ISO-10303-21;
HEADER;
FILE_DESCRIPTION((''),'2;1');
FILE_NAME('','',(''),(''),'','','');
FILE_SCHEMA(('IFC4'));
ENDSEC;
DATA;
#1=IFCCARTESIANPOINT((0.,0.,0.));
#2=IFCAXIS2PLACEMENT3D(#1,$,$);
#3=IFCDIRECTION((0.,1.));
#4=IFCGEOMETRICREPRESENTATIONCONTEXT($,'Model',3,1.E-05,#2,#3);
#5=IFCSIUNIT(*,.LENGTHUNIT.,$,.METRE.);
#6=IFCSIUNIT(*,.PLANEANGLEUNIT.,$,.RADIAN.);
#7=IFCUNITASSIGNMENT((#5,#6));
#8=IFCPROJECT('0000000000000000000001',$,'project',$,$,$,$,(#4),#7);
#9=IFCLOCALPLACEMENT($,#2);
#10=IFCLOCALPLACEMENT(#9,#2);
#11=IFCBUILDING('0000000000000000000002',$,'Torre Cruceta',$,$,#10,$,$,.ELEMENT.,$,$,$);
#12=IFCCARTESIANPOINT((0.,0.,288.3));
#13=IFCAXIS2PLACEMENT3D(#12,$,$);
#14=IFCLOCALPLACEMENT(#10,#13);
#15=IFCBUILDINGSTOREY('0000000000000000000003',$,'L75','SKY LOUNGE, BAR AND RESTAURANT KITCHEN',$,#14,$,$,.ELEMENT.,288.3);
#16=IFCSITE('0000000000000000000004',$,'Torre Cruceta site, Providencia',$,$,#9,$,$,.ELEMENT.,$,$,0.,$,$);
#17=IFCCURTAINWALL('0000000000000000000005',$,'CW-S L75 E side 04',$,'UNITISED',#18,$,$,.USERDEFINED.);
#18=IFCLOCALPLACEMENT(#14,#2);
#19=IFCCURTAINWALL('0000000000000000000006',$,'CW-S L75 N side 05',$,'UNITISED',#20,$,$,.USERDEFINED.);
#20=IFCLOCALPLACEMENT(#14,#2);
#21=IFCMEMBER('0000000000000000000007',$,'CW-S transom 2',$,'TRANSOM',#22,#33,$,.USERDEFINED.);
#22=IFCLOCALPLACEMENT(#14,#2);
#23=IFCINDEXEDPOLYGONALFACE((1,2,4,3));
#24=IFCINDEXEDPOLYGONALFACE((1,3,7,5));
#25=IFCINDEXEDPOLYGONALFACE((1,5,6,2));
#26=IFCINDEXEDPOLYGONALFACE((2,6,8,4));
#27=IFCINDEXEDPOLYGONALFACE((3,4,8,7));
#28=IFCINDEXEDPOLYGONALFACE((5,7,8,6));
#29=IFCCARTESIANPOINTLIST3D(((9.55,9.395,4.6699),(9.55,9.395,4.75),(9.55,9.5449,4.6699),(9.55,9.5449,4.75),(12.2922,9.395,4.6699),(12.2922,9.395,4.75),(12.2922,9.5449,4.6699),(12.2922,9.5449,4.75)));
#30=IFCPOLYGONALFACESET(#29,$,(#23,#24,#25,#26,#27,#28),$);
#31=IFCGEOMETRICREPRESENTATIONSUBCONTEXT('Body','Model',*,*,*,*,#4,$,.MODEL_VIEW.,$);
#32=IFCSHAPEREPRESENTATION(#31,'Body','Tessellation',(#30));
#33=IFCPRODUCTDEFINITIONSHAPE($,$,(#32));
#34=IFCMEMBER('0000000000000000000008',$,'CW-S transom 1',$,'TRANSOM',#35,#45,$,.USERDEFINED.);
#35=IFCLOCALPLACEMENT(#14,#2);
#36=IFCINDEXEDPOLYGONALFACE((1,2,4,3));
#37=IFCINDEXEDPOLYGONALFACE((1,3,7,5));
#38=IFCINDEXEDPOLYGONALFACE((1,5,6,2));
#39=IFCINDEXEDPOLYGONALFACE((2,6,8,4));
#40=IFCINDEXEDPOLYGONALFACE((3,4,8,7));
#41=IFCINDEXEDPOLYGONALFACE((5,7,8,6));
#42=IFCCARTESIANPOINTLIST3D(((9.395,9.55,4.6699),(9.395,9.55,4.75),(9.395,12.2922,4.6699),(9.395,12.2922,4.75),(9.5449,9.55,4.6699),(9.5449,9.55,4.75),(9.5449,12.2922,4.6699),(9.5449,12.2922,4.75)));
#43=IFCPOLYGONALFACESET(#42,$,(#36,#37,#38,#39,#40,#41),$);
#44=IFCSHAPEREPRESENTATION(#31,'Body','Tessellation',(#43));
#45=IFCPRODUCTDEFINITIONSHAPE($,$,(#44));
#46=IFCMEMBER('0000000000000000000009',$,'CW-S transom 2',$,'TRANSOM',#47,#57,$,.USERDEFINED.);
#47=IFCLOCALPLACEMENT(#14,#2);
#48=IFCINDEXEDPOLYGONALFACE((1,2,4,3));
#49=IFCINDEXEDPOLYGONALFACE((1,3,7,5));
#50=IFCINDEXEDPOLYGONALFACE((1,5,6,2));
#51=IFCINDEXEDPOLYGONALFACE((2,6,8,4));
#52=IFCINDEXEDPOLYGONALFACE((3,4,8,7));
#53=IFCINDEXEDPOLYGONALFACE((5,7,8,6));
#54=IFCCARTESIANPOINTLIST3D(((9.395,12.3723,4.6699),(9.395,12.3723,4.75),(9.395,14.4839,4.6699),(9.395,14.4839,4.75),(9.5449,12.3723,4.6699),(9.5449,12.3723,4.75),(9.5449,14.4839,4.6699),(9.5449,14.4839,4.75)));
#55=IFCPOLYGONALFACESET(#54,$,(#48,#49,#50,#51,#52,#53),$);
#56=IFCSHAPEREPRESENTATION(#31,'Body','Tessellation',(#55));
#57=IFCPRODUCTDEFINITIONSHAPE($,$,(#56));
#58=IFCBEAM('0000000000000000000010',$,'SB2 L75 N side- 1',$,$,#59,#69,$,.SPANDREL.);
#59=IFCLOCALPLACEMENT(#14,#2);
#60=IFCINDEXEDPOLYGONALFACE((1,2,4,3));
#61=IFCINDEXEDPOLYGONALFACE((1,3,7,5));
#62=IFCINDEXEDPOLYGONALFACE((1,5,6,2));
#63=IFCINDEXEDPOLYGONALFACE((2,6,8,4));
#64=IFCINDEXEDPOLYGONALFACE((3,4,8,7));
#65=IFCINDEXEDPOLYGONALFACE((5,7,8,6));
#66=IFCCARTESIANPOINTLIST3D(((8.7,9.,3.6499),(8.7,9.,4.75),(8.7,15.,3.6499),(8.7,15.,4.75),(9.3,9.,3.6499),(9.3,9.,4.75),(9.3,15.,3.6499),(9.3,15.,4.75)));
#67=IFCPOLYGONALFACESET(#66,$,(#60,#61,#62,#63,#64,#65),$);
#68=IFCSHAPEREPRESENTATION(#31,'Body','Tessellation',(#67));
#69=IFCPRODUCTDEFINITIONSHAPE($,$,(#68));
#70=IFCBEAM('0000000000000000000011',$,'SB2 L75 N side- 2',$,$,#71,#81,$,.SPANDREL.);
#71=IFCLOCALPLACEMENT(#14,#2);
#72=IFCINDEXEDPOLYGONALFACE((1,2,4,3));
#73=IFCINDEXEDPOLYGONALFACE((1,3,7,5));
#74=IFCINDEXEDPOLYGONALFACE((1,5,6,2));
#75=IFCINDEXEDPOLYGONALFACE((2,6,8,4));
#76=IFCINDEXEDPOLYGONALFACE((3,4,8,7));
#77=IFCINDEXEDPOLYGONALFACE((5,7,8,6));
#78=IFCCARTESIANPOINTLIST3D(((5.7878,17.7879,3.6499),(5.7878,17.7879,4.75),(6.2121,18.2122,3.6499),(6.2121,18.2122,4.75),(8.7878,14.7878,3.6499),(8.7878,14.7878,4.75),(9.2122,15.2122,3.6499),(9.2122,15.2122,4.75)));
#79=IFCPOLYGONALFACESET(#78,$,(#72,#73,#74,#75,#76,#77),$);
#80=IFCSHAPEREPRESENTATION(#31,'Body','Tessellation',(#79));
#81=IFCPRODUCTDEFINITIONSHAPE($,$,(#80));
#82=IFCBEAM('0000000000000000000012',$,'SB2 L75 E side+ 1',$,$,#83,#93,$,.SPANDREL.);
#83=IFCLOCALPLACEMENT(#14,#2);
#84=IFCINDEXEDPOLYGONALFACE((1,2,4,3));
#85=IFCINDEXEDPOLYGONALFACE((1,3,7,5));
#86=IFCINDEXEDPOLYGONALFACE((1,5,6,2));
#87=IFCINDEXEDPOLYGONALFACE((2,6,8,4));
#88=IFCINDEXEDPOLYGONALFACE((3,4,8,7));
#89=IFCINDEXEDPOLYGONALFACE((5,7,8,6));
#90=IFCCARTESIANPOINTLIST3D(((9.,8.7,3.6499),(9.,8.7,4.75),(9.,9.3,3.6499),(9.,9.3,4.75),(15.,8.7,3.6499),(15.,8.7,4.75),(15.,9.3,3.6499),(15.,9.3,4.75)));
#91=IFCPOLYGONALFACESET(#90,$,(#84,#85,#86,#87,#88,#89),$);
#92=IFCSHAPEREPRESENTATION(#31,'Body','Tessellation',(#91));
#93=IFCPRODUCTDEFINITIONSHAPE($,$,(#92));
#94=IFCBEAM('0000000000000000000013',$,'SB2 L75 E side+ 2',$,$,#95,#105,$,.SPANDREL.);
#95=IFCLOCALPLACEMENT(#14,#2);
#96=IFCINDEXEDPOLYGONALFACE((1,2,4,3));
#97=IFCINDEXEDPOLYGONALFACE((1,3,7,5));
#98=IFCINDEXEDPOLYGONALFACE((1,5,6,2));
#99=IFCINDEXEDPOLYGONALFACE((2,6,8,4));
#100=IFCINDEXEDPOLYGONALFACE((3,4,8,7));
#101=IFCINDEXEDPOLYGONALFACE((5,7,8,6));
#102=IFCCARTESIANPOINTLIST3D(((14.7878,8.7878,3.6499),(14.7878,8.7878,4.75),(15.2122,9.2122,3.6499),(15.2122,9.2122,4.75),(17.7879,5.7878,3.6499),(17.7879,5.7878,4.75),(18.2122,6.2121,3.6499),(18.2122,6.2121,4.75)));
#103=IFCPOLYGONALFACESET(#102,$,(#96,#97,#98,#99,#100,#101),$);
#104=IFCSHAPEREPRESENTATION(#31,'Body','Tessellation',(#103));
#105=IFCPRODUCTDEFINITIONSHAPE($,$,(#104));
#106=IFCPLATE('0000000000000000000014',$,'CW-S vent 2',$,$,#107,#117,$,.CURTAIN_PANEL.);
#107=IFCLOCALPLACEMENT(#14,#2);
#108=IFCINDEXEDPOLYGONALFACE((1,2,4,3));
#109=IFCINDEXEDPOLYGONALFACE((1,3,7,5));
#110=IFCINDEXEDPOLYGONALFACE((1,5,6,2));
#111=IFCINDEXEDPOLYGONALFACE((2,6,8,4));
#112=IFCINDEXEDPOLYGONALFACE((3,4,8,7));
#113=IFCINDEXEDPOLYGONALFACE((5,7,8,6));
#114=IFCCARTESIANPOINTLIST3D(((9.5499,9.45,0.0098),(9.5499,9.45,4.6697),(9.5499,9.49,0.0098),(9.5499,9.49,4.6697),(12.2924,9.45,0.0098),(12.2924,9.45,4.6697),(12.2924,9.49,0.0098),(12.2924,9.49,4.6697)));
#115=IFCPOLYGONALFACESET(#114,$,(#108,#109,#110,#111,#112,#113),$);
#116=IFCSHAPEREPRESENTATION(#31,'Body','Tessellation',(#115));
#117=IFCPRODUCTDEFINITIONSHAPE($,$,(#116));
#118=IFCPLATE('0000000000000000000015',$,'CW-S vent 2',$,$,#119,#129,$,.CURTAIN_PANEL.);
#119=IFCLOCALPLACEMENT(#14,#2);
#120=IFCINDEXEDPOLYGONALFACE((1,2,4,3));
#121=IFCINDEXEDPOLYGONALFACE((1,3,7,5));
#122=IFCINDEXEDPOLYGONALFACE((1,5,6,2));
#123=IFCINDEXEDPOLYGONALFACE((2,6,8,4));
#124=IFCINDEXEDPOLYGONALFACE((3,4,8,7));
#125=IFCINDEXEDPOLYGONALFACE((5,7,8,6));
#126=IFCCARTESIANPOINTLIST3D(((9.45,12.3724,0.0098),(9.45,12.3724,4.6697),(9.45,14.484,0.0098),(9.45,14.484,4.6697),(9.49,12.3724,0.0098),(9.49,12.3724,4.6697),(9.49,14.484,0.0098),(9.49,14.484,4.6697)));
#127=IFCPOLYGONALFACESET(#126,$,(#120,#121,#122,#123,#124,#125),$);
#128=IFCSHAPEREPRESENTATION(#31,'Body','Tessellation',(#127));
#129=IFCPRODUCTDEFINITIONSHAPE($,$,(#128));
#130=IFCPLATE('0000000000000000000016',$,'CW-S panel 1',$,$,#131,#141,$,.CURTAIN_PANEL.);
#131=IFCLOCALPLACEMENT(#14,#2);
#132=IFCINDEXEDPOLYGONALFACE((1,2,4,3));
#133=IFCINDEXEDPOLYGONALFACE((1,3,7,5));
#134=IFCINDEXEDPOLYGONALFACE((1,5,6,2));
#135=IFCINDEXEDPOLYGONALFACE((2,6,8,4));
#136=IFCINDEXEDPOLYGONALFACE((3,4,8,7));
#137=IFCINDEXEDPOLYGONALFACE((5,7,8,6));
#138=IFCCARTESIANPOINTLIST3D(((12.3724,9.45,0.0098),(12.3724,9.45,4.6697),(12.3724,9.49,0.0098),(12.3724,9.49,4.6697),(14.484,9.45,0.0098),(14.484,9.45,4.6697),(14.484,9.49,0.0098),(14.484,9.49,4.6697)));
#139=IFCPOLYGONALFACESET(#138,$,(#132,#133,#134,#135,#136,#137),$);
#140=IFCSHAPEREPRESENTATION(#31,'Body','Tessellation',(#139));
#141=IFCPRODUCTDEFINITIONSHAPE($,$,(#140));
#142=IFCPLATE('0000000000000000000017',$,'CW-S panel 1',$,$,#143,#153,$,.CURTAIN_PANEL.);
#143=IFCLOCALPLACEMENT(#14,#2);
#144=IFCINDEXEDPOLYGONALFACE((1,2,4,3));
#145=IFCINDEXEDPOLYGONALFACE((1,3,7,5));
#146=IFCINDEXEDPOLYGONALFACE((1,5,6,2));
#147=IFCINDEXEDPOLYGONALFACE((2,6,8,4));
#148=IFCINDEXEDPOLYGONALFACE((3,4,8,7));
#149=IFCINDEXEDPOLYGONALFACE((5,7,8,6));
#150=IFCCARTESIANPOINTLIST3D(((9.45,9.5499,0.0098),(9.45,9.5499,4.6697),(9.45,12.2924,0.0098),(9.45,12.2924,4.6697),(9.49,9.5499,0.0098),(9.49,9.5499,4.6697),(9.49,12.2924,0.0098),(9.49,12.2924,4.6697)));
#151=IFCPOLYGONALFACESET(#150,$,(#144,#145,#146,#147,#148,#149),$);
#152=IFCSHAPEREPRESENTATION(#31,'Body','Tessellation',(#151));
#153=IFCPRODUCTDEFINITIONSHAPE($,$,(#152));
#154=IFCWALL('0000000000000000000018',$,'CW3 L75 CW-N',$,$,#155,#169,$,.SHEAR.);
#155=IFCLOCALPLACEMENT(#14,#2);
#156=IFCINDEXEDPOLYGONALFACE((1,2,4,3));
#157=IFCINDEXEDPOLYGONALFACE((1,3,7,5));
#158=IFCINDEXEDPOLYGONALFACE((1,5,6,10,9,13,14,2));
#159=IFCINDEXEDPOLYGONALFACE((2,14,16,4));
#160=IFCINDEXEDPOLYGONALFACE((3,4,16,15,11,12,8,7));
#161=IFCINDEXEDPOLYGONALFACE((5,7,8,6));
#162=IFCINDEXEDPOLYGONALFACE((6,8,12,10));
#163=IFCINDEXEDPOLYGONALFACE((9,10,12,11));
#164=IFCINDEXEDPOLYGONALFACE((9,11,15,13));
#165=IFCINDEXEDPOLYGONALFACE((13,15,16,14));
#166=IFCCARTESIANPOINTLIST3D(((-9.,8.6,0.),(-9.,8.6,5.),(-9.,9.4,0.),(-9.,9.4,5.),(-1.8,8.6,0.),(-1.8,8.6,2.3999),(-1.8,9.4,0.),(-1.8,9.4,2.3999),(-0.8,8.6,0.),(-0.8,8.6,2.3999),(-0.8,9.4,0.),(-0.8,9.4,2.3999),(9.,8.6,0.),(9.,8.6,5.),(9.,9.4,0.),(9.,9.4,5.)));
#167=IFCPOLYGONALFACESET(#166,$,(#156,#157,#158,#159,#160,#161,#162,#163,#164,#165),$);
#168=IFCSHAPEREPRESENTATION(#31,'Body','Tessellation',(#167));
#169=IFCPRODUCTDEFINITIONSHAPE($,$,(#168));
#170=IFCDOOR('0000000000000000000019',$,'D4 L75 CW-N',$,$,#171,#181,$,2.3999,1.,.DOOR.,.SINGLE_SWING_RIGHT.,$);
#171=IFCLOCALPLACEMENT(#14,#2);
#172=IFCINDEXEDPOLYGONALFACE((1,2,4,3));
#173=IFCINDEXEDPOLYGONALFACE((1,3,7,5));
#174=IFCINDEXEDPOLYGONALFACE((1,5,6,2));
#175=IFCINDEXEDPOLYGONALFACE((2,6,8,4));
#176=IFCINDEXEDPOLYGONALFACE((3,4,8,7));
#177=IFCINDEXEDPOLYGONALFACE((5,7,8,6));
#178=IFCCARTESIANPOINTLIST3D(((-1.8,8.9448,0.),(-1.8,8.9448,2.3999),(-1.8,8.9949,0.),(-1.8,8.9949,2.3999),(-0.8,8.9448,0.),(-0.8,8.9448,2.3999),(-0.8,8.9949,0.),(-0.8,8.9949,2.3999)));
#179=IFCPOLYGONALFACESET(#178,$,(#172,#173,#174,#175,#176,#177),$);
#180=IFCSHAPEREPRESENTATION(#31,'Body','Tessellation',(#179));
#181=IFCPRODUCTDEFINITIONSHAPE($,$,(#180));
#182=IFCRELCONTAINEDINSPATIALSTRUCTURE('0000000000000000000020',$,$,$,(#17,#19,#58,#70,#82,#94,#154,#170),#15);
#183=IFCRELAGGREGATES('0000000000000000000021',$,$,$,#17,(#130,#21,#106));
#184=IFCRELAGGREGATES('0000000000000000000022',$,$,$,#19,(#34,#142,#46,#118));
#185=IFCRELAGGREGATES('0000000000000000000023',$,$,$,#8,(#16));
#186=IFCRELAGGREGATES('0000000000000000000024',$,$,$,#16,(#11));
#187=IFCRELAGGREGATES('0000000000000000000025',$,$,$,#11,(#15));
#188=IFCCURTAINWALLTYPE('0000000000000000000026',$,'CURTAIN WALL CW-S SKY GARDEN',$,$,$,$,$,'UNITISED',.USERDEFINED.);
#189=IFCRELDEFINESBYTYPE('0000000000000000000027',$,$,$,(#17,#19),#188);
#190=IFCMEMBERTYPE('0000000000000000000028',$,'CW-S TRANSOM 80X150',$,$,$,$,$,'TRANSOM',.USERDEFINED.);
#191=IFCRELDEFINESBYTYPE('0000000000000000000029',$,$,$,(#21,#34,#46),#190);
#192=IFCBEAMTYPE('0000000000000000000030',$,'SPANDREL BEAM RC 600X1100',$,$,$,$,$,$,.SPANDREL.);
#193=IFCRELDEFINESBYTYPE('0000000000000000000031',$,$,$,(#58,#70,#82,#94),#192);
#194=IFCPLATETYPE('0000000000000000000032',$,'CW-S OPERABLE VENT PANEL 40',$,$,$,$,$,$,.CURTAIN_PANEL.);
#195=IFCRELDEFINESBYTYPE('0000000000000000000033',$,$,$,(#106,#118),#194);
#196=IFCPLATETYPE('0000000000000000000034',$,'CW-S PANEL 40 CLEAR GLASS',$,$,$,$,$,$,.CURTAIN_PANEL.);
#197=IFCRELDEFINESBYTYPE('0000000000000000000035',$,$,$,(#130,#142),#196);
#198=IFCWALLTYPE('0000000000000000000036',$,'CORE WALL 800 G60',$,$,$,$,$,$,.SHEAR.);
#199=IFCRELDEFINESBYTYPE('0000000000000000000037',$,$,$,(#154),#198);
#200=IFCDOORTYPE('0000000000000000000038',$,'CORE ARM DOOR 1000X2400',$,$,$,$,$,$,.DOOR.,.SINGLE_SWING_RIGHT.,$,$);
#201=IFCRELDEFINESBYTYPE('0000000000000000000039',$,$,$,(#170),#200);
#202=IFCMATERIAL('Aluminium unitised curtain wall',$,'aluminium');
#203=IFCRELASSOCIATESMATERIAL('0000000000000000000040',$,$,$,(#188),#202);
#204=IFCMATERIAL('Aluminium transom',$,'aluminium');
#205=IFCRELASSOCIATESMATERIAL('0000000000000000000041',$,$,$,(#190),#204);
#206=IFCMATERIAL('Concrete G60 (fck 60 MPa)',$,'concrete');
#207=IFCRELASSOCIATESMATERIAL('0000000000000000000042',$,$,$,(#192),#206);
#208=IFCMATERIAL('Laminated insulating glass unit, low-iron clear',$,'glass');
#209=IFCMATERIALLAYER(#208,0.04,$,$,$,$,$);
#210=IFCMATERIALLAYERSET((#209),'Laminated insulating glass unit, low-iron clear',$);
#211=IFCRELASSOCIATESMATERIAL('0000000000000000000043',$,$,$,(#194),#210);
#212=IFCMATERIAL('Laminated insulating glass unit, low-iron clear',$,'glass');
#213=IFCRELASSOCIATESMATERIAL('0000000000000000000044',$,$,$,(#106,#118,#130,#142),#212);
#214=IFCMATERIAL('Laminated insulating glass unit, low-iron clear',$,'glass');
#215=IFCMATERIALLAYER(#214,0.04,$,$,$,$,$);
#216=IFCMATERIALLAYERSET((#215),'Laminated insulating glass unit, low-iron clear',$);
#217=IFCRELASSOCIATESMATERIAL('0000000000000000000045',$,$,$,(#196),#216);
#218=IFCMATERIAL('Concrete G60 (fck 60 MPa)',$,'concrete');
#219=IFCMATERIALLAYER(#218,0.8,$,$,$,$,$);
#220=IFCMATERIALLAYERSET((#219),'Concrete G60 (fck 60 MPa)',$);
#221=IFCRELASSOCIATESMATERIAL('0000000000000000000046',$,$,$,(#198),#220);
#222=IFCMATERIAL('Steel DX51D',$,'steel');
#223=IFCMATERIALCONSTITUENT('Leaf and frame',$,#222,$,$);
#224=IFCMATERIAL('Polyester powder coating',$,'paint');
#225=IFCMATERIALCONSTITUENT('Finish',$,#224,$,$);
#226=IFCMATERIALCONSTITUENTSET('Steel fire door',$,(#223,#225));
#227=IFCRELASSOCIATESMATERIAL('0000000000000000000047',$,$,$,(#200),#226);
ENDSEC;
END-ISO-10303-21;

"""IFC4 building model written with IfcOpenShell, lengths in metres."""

from ifc_helpers import new_model, si_unit, direction, frame, frame_2d, origin, origin_2d, place, context, subcontext, project, spatial, rectangle, extrude, material, layer, layer_set, constituent, constituent_set, material_profile, profile_set, type_object, element, fill, aggregate, save


model = new_model("IFC4")

# Units and contexts
model_context = context("Model", 3, precision=1e-05, world=origin(), true_north=direction((0.0, 1.0)))
body_context = subcontext(model_context, "Body", "Model", "MODEL_VIEW")
ifc_project = project(units=[si_unit("LENGTHUNIT", "METRE"), si_unit("PLANEANGLEUNIT", "RADIAN")], contexts=[model_context])

# Site, building, storey
site_placement = place(None, origin())
site = spatial("IfcSite", under=ifc_project, at=site_placement, Name="Torre Cruceta site, Providencia", CompositionType="ELEMENT", RefElevation=0.0)
building_placement = place(site_placement, origin())
building = spatial("IfcBuilding", under=site, at=building_placement, Name="Torre Cruceta", CompositionType="ELEMENT")
storey_placement = place(building_placement, frame((0.0, 0.0, 288.3)))
storey = spatial("IfcBuildingStorey", under=building, at=storey_placement, Name="L75", Description="SKY LOUNGE, BAR AND RESTAURANT KITCHEN", CompositionType="ELEMENT", Elevation=288.3)

# Curtain walls
ifc_material_1 = material(Name="Aluminium unitised curtain wall", Category="aluminium")
curtain_wall_type = type_object("IfcCurtainWallType", Name="CURTAIN WALL CW-S SKY GARDEN", ElementType="UNITISED", PredefinedType="USERDEFINED", material=ifc_material_1)
curtain_wall_1_placement = place(storey_placement, origin())
curtain_wall_1 = element("IfcCurtainWall", 1, at=curtain_wall_1_placement, inside=storey, type_object=curtain_wall_type, Name="CW-S L75 E side 04", ObjectType="UNITISED", PredefinedType="USERDEFINED")
curtain_wall_2_placement = place(storey_placement, origin())
curtain_wall_2 = element("IfcCurtainWall", 2, at=curtain_wall_2_placement, inside=storey, type_object=curtain_wall_type, Name="CW-S L75 N side 05", ObjectType="UNITISED", PredefinedType="USERDEFINED")

# Members
ifc_material_2 = material(Name="Aluminium transom", Category="aluminium")
ifc_material_profile_1 = material_profile(ifc_material_2, rectangle(XDim=0.1499, YDim=0.0801, at=origin_2d()), Name="AL 150X80")
ifc_profile_set_1 = profile_set([ifc_material_profile_1], Name="Aluminium transom")
member_type_1 = type_object("IfcMemberType", Name="CW-S TRANSOM 80X150", ElementType="TRANSOM", PredefinedType="USERDEFINED", material=ifc_profile_set_1)
member_1_placement = place(storey_placement, frame((12.2922, 9.47, 4.71), z_axis=(-1.0, 0.0, 0.0), x_axis=(0.0, -1.0, 0.0)))
member_1 = element("IfcMember", 3, at=member_1_placement, type_object=member_type_1, Name="CW-S transom 2", ObjectType="TRANSOM", PredefinedType="USERDEFINED", context=body_context, shape_type="SweptSolid", body=[
    extrude(rectangle(XDim=0.1499, YDim=0.0801, at=origin_2d()), origin(), (0.0, 0.0, 1.0), 2.7422),
])
member_2_placement = place(storey_placement, frame((9.47, 9.55, 4.71), z_axis=(0.0, 1.0, 0.0), x_axis=(-1.0, 0.0, 0.0)))
member_2 = element("IfcMember", 4, at=member_2_placement, type_object=member_type_1, Name="CW-S transom 1", ObjectType="TRANSOM", PredefinedType="USERDEFINED", context=body_context, shape_type="SweptSolid", body=[
    extrude(rectangle(XDim=0.1499, YDim=0.0801, at=origin_2d()), origin(), (0.0, 0.0, 1.0), 2.7422),
])
member_3_placement = place(storey_placement, frame((9.47, 12.3723, 4.71), z_axis=(0.0, 1.0, 0.0), x_axis=(-1.0, 0.0, 0.0)))
member_3 = element("IfcMember", 5, at=member_3_placement, type_object=member_type_1, Name="CW-S transom 2", ObjectType="TRANSOM", PredefinedType="USERDEFINED", context=body_context, shape_type="SweptSolid", body=[
    extrude(rectangle(XDim=0.1499, YDim=0.0801, at=origin_2d()), origin(), (0.0, 0.0, 1.0), 2.1116),
])

# Beams
ifc_material_3 = material(Name="Concrete G60 (fck 60 MPa)", Category="concrete")
ifc_material_profile_2 = material_profile(ifc_material_3, rectangle(XDim=0.6001, YDim=1.1001, at=origin_2d()), Name="RC 600X1100")
ifc_profile_set_2 = profile_set([ifc_material_profile_2], Name="Concrete G60 (fck 60 MPa)")
beam_type_1 = type_object("IfcBeamType", Name="SPANDREL BEAM RC 600X1100", PredefinedType="SPANDREL", material=ifc_profile_set_2)
beam_1_placement = place(storey_placement, frame((9.0, 9.0, 4.2), z_axis=(0.0, 1.0, 0.0), x_axis=(-1.0, 0.0, 0.0)))
element("IfcBeam", 6, at=beam_1_placement, inside=storey, type_object=beam_type_1, Name="SB2 L75 N side- 1", PredefinedType="SPANDREL", context=body_context, shape_type="SweptSolid", body=[
    extrude(rectangle(XDim=0.6001, YDim=1.1001, at=origin_2d()), origin(), (0.0, 0.0, 1.0), 6.0),
])
beam_2_placement = place(storey_placement, frame((9.0, 15.0, 4.2), z_axis=(-0.707107, 0.707107, 0.0), x_axis=(-0.707107, -0.707107, 0.0)))
element("IfcBeam", 7, at=beam_2_placement, inside=storey, type_object=beam_type_1, Name="SB2 L75 N side- 2", PredefinedType="SPANDREL", context=body_context, shape_type="SweptSolid", body=[
    extrude(rectangle(XDim=0.6001, YDim=1.1001, at=origin_2d()), origin(), (0.0, 0.0, 1.0), 4.2427),
])
beam_3_placement = place(storey_placement, frame((9.0, 9.0, 4.2), z_axis=(1.0, 0.0, 0.0), x_axis=(0.0, 1.0, 0.0)))
element("IfcBeam", 8, at=beam_3_placement, inside=storey, type_object=beam_type_1, Name="SB2 L75 E side+ 1", PredefinedType="SPANDREL", context=body_context, shape_type="SweptSolid", body=[
    extrude(rectangle(XDim=0.6001, YDim=1.1001, at=origin_2d()), origin(), (0.0, 0.0, 1.0), 6.0),
])
beam_4_placement = place(storey_placement, frame((15.0, 9.0, 4.2), z_axis=(0.707107, -0.707107, 0.0), x_axis=(0.707107, 0.707107, 0.0)))
element("IfcBeam", 9, at=beam_4_placement, inside=storey, type_object=beam_type_1, Name="SB2 L75 E side+ 2", PredefinedType="SPANDREL", context=body_context, shape_type="SweptSolid", body=[
    extrude(rectangle(XDim=0.6001, YDim=1.1001, at=origin_2d()), origin(), (0.0, 0.0, 1.0), 4.2427),
])

# Plates
ifc_material_4 = material(Name="Laminated insulating glass unit, low-iron clear", Category="glass")
ifc_material_5 = material(Name="Laminated insulating glass unit, low-iron clear", Category="glass")
ifc_layer_1 = layer(ifc_material_5, 0.04)
ifc_layer_set_1 = layer_set([ifc_layer_1], Name="Laminated insulating glass unit, low-iron clear")
plate_type_1 = type_object("IfcPlateType", Name="CW-S OPERABLE VENT PANEL 40", PredefinedType="CURTAIN_PANEL", material=ifc_layer_set_1)
plate_1_placement = place(storey_placement, frame((10.9211, 9.47, 0.0098), z_axis=(0.0, 0.0, 1.0), x_axis=(-1.0, 0.0, 0.0)))
plate_1 = element("IfcPlate", 10, at=plate_1_placement, type_object=plate_type_1, material=ifc_material_4, Name="CW-S vent 2", PredefinedType="CURTAIN_PANEL", context=body_context, shape_type="SweptSolid", body=[
    extrude(rectangle(XDim=2.7424, YDim=0.04, at=origin_2d()), origin(), (0.0, 0.0, 1.0), 4.6599),
])
plate_2_placement = place(storey_placement, frame((9.47, 13.4282, 0.0098), z_axis=(0.0, 0.0, 1.0), x_axis=(0.0, 1.0, 0.0)))
plate_2 = element("IfcPlate", 11, at=plate_2_placement, type_object=plate_type_1, material=ifc_material_4, Name="CW-S vent 2", PredefinedType="CURTAIN_PANEL", context=body_context, shape_type="SweptSolid", body=[
    extrude(rectangle(XDim=2.1116, YDim=0.04, at=origin_2d()), origin(), (0.0, 0.0, 1.0), 4.6599),
])
ifc_material_6 = material(Name="Laminated insulating glass unit, low-iron clear", Category="glass")
ifc_layer_2 = layer(ifc_material_6, 0.04)
ifc_layer_set_2 = layer_set([ifc_layer_2], Name="Laminated insulating glass unit, low-iron clear")
plate_type_2 = type_object("IfcPlateType", Name="CW-S PANEL 40 CLEAR GLASS", PredefinedType="CURTAIN_PANEL", material=ifc_layer_set_2)
plate_3_placement = place(storey_placement, frame((13.4282, 9.47, 0.0098), z_axis=(0.0, 0.0, 1.0), x_axis=(-1.0, 0.0, 0.0)))
plate_3 = element("IfcPlate", 12, at=plate_3_placement, type_object=plate_type_2, material=ifc_material_4, Name="CW-S panel 1", PredefinedType="CURTAIN_PANEL", context=body_context, shape_type="SweptSolid", body=[
    extrude(rectangle(XDim=2.1116, YDim=0.04, at=origin_2d()), origin(), (0.0, 0.0, 1.0), 4.6599),
])
aggregate(curtain_wall_1, [plate_3, member_1, plate_1])
plate_4_placement = place(storey_placement, frame((9.47, 10.9211, 0.0098), z_axis=(0.0, 0.0, 1.0), x_axis=(0.0, 1.0, 0.0)))
plate_4 = element("IfcPlate", 13, at=plate_4_placement, type_object=plate_type_2, material=ifc_material_4, Name="CW-S panel 1", PredefinedType="CURTAIN_PANEL", context=body_context, shape_type="SweptSolid", body=[
    extrude(rectangle(XDim=2.7424, YDim=0.04, at=origin_2d()), origin(), (0.0, 0.0, 1.0), 4.6599),
])
aggregate(curtain_wall_2, [member_2, plate_4, member_3, plate_2])

# Wall, opening, door
ifc_material_7 = material(Name="Concrete G60 (fck 60 MPa)", Category="concrete")
ifc_layer_3 = layer(ifc_material_7, 0.8)
ifc_layer_set_3 = layer_set([ifc_layer_3], Name="Concrete G60 (fck 60 MPa)")
wall_type_1 = type_object("IfcWallType", Name="CORE WALL 800 G60", PredefinedType="SHEAR", material=ifc_layer_set_3)
wall_1_placement = place(storey_placement, frame((9.0, 9.0, 0.0), z_axis=(0.0, 0.0, 1.0), x_axis=(-1.0, 0.0, 0.0)))
wall_1 = element("IfcWall", 14, at=wall_1_placement, inside=storey, type_object=wall_type_1, Name="CW3 L75 CW-N", PredefinedType="SHEAR", context=body_context, shape_type="SweptSolid", body=[
    extrude(rectangle(XDim=18.0, YDim=0.8, at=frame_2d((9.0, 0.0))), origin(), (0.0, 0.0, 1.0), 5.0),
])
opening_1_placement = place(wall_1_placement, frame((9.8, 0.0, 0.0)))
opening_1 = element("IfcOpeningElement", 15, at=opening_1_placement, cuts=wall_1, PredefinedType="OPENING", context=body_context, shape_type="SweptSolid", body=[
    extrude(rectangle(XDim=1.0, YDim=2.3999, at=frame_2d((0.5, 1.2))), frame((0.0, 0.4099, 0.0), z_axis=(0.0, -1.0, 0.0), x_axis=(1.0, 0.0, 0.0)), (0.0, 0.0, 1.0), 0.8201),
])
ifc_material_8 = material(Name="Steel DX51D", Category="steel")
ifc_constituent_1 = constituent(ifc_material_8, Name="Leaf and frame")
ifc_material_9 = material(Name="Polyester powder coating", Category="paint")
ifc_constituent_2 = constituent(ifc_material_9, Name="Finish")
ifc_constituent_set_1 = constituent_set(constituents=[ifc_constituent_1, ifc_constituent_2], Name="Steel fire door")
door_type = type_object("IfcDoorType", Name="CORE ARM DOOR 1000X2400", OperationType="SINGLE_SWING_RIGHT", PredefinedType="DOOR", material=ifc_constituent_set_1)
door_placement = place(opening_1_placement, frame((1.0, 0.0, 0.0), z_axis=(0.0, 0.0, 1.0), x_axis=(-1.0, 0.0, 0.0)))
door = element("IfcDoor", 16, at=door_placement, inside=storey, type_object=door_type, Name="D4 L75 CW-N", OperationType="SINGLE_SWING_RIGHT", OverallHeight=2.3999, OverallWidth=1.0, PredefinedType="DOOR", context=body_context, shape_type="SweptSolid", body=[
    extrude(rectangle(XDim=1.0, YDim=2.3999, at=frame_2d((0.5, 1.2))), frame((0.0, -0.0051, 0.0), z_axis=(0.0, -1.0, 0.0), x_axis=(1.0, 0.0, 0.0)), (0.0, 0.0, 1.0), 0.05),
])
fill(opening_1, door)

save(model, "model.ifc")
